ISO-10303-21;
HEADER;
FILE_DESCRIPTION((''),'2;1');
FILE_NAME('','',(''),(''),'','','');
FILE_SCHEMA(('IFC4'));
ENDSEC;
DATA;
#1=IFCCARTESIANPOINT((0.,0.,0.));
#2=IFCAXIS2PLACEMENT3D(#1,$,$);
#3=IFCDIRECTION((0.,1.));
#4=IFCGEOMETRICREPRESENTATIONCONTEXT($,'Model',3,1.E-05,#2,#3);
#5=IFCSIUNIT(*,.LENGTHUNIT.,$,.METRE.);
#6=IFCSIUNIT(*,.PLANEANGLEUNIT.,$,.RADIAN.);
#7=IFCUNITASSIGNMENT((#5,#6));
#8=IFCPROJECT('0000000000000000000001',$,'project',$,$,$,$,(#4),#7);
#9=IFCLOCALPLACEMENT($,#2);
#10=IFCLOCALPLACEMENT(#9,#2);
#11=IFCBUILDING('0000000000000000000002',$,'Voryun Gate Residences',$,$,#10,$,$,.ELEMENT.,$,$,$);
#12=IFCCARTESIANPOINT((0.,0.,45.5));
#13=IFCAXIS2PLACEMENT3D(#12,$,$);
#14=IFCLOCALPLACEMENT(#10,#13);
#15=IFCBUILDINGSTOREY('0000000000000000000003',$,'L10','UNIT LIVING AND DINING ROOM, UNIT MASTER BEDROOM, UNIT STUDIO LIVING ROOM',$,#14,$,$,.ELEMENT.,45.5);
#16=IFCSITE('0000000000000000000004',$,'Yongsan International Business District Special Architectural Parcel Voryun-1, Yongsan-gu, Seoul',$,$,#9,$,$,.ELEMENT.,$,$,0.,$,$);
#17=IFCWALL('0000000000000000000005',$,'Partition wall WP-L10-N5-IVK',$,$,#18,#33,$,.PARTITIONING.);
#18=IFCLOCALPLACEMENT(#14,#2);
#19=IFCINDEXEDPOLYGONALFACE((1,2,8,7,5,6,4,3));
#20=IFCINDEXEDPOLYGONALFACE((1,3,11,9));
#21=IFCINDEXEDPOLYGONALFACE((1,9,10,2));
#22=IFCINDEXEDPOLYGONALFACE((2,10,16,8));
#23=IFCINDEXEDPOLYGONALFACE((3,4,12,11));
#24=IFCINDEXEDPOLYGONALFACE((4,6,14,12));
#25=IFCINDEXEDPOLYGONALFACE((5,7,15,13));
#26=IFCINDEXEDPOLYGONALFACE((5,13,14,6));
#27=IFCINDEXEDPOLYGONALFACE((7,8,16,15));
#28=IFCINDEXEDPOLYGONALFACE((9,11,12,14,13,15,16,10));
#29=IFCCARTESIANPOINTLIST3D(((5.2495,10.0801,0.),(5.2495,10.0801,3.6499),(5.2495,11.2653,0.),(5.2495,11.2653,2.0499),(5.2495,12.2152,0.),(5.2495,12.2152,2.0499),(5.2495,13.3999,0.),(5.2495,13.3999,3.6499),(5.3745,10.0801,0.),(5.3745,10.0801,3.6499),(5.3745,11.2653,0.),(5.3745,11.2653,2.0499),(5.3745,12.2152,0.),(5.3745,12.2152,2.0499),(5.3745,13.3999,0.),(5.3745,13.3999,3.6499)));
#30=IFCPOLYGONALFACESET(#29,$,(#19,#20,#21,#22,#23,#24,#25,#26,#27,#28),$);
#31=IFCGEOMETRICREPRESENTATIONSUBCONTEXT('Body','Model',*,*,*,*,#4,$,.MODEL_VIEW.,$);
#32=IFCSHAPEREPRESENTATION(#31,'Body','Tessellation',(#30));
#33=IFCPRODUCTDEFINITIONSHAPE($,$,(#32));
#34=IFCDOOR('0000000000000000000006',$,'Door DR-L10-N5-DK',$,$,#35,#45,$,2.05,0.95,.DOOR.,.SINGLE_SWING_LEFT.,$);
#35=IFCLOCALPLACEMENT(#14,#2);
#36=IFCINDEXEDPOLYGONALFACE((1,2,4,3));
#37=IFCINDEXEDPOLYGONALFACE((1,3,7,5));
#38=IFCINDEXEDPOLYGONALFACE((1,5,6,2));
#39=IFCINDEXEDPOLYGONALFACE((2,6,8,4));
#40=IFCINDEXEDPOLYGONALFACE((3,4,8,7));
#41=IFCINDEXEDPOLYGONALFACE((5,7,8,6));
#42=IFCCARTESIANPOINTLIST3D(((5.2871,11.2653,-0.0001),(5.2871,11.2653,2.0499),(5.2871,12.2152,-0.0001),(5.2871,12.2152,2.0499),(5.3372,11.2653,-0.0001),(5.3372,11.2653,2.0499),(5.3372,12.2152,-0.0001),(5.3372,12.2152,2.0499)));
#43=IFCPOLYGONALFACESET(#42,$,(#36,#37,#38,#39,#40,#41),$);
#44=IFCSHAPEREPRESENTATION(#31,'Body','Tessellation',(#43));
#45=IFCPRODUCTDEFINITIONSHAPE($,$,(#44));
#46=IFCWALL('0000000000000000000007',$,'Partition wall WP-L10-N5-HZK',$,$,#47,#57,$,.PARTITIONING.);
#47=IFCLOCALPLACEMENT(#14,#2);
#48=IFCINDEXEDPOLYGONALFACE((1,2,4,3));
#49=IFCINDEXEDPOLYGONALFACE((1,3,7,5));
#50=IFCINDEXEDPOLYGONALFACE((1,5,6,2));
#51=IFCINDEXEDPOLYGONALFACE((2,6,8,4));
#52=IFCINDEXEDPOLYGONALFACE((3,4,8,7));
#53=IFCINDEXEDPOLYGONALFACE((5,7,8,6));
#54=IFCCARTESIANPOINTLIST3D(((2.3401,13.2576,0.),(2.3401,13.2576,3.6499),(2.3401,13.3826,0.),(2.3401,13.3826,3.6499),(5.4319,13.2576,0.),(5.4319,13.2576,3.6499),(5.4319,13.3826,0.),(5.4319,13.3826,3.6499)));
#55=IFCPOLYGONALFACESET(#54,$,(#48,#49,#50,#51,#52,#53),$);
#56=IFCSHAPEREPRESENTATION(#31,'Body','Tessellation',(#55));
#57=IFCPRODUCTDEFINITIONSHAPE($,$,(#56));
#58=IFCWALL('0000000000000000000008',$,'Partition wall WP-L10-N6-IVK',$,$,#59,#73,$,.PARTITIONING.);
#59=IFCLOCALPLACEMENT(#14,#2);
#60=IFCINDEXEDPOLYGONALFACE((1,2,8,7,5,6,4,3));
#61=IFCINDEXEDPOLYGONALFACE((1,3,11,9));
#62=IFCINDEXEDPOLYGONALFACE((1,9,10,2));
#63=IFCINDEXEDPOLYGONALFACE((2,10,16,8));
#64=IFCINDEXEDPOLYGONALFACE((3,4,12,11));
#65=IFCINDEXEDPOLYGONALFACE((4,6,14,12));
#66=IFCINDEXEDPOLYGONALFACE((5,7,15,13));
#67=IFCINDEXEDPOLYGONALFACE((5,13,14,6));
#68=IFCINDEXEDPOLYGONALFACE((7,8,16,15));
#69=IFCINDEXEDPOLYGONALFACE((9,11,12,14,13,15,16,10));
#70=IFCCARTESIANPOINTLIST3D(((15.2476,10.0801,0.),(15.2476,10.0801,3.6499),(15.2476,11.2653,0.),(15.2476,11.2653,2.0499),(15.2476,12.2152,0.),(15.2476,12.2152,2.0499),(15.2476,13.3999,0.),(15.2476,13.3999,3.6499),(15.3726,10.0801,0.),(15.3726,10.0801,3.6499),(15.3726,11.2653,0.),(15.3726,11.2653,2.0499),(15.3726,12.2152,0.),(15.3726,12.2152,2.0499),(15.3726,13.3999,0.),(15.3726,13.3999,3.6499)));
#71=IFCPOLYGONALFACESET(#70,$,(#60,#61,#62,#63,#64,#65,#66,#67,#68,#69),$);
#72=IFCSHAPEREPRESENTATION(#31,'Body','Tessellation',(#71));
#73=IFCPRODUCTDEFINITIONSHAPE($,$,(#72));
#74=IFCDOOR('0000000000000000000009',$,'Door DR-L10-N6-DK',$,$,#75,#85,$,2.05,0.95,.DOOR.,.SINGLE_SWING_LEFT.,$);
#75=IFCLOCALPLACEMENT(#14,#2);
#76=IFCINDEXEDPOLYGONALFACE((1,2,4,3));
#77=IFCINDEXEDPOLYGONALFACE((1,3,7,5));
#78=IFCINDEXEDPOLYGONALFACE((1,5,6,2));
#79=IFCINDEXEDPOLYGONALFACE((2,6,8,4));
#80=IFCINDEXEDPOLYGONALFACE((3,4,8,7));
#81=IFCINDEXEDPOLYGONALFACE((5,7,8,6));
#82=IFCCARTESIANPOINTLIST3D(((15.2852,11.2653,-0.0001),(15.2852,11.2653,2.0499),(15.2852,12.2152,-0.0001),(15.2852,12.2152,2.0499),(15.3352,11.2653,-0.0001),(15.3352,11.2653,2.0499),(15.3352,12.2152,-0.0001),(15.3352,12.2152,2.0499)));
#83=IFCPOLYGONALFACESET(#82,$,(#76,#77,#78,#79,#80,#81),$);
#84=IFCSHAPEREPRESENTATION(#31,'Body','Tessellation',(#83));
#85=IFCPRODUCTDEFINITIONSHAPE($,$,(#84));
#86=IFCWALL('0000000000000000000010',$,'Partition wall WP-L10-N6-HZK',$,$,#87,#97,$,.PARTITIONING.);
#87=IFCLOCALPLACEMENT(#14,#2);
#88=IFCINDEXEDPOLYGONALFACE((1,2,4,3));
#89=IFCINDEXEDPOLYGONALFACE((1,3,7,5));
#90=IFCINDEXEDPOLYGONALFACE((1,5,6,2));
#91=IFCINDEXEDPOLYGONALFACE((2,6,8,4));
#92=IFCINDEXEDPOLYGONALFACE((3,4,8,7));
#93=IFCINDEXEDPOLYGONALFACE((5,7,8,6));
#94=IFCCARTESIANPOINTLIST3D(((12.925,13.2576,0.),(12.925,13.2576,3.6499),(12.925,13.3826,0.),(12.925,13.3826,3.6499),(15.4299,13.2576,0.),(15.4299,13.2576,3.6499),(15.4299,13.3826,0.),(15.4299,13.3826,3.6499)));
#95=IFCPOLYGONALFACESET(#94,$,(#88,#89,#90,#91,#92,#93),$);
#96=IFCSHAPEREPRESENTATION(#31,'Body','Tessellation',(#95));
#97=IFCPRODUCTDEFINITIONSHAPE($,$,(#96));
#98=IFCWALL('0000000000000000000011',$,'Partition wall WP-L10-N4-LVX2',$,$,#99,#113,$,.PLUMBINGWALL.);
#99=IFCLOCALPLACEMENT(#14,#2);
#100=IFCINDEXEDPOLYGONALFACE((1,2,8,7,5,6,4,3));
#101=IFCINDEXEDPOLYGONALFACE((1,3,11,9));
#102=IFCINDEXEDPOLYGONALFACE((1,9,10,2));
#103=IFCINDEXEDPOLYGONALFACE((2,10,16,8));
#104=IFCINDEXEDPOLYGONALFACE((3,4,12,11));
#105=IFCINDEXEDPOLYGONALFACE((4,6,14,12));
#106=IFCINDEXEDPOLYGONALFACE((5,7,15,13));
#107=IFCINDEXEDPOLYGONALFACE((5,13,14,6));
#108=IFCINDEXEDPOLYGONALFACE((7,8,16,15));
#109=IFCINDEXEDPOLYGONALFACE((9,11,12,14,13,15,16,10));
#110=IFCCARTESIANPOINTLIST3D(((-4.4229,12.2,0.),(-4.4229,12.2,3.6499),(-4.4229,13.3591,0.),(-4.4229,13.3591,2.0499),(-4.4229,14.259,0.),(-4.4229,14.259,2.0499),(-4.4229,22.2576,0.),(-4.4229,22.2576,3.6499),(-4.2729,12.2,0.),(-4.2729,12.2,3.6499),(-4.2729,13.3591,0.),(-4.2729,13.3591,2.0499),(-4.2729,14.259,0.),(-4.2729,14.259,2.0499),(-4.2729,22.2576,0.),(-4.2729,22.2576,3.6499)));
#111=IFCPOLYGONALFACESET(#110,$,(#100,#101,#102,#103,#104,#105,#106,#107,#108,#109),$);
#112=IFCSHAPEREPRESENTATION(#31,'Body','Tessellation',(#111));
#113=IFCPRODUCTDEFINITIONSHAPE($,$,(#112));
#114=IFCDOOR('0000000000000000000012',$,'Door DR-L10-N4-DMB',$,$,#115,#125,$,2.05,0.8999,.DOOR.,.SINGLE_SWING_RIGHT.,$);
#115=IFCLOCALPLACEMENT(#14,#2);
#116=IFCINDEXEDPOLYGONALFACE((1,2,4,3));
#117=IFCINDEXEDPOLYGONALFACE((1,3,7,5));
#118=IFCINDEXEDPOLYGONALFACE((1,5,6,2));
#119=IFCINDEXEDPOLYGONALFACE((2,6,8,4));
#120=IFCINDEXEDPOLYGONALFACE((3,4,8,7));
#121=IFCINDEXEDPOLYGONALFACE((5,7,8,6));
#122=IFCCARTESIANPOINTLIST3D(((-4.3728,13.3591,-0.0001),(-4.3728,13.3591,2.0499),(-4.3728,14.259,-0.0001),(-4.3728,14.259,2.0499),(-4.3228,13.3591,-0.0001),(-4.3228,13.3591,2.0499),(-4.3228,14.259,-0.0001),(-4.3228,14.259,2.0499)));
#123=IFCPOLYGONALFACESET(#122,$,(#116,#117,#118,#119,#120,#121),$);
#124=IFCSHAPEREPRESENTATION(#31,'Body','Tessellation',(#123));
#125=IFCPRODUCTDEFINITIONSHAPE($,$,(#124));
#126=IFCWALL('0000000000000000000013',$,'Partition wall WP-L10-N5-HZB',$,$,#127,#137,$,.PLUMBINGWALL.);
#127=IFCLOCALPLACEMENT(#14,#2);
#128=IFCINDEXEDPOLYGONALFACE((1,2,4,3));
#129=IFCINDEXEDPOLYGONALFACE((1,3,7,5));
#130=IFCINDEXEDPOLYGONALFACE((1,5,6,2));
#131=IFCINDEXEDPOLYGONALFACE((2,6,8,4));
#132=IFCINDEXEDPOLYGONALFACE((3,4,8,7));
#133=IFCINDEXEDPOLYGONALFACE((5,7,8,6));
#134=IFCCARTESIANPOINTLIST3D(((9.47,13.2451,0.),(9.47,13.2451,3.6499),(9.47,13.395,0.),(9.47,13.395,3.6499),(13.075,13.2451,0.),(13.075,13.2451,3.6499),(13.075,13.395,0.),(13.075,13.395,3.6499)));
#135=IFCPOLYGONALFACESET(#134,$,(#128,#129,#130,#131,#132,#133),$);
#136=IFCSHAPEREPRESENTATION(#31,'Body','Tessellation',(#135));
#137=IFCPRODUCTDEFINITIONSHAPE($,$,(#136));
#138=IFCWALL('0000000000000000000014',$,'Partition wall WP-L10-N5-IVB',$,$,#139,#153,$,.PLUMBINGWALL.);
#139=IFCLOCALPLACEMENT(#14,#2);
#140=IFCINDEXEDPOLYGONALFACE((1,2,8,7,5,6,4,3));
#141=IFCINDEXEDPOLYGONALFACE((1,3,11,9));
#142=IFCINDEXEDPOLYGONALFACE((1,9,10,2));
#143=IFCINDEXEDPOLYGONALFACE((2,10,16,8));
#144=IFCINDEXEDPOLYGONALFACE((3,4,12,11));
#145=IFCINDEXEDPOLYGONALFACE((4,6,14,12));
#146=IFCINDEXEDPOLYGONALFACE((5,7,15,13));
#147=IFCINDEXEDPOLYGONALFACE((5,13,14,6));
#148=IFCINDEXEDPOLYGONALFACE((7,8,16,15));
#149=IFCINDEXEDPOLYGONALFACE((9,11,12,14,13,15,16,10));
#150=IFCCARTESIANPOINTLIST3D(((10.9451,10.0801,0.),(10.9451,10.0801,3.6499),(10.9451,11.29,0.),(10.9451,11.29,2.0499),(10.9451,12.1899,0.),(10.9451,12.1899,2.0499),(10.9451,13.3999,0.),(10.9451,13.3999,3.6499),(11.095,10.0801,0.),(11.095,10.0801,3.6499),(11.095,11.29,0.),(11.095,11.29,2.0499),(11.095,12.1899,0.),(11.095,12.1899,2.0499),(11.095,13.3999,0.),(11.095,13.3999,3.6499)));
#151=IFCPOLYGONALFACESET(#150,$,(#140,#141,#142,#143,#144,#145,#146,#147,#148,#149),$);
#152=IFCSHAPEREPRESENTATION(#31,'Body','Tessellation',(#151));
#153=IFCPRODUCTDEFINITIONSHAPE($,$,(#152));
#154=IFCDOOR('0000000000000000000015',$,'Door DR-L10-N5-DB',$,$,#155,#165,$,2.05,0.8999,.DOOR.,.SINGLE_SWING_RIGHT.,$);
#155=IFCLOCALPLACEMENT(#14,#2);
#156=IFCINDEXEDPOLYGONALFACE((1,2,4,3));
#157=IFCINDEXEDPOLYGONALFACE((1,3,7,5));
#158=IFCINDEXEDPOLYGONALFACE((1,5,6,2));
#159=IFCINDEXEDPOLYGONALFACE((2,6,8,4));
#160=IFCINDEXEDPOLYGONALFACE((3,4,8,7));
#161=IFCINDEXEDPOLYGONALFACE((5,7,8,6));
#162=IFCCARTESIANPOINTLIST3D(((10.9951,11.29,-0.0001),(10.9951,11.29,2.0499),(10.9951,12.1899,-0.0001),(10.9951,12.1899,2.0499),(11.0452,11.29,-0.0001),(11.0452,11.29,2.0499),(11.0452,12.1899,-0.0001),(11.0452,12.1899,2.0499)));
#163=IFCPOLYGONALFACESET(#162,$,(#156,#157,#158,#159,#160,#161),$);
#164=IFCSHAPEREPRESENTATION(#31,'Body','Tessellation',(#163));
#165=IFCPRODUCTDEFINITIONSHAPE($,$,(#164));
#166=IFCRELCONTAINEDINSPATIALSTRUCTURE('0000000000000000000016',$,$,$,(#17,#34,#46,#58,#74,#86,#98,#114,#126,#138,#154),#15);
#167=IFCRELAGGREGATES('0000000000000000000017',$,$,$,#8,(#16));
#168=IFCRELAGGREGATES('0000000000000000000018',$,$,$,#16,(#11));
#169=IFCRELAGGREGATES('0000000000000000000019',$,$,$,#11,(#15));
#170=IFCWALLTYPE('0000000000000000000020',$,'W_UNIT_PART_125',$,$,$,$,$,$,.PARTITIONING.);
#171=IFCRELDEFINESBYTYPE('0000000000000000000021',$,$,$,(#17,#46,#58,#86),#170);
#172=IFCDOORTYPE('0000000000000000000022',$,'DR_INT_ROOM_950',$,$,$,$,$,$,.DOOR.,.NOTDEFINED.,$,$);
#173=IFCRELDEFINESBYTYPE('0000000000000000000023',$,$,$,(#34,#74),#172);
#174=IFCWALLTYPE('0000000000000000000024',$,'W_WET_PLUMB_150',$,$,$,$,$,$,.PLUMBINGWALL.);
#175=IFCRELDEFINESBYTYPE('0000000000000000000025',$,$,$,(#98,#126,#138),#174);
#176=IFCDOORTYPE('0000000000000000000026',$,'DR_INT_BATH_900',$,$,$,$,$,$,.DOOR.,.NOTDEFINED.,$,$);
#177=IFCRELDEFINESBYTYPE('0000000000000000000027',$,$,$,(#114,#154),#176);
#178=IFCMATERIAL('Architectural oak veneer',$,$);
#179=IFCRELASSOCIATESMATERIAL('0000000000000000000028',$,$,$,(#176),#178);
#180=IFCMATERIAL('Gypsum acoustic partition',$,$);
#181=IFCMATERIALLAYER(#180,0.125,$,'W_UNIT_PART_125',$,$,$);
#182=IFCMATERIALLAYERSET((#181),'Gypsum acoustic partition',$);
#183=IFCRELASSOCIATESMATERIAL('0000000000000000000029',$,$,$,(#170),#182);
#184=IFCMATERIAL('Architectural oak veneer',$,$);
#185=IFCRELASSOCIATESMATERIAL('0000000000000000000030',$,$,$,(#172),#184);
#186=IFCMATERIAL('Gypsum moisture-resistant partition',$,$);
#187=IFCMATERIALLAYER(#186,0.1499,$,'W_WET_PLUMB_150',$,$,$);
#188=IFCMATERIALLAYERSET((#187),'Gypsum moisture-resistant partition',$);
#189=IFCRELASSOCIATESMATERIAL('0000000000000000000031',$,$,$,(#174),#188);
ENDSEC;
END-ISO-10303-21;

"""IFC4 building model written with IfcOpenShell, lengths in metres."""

from ifc_helpers import new_model, si_unit, direction, frame, frame_2d, origin, place, context, subcontext, project, spatial, rectangle, extrude, material, layer, layer_set, type_object, element, fill, save


model = new_model("IFC4")

# Units and contexts
model_context = context("Model", 3, precision=1e-05, world=origin(), true_north=direction((0.0, 1.0)))
body_context = subcontext(model_context, "Body", "Model", "MODEL_VIEW")
ifc_project = project(units=[si_unit("LENGTHUNIT", "METRE"), si_unit("PLANEANGLEUNIT", "RADIAN")], contexts=[model_context])

# Site, building, storey
site_placement = place(None, origin())
site = spatial("IfcSite", under=ifc_project, at=site_placement, Name="Yongsan International Business District Special Architectural Parcel Voryun-1, Yongsan-gu, Seoul", CompositionType="ELEMENT", RefElevation=0.0)
building_placement = place(site_placement, origin())
building = spatial("IfcBuilding", under=site, at=building_placement, Name="Voryun Gate Residences", CompositionType="ELEMENT")
storey_placement = place(building_placement, frame((0.0, 0.0, 45.5)))
storey = spatial("IfcBuildingStorey", under=building, at=storey_placement, Name="L10", Description="UNIT LIVING AND DINING ROOM, UNIT MASTER BEDROOM, UNIT STUDIO LIVING ROOM", CompositionType="ELEMENT", Elevation=45.5)

# Shared definitions
ifc_material_1 = material(Name="Architectural oak veneer")
door_type_1 = type_object("IfcDoorType", Name="DR_INT_BATH_900", OperationType="NOTDEFINED", PredefinedType="DOOR", material=ifc_material_1)

# Shared definitions
ifc_material_2 = material(Name="Gypsum acoustic partition")
ifc_layer_1 = layer(ifc_material_2, 0.125, Name="W_UNIT_PART_125")
ifc_layer_set_1 = layer_set([ifc_layer_1], Name="Gypsum acoustic partition")
wall_type_1 = type_object("IfcWallType", Name="W_UNIT_PART_125", PredefinedType="PARTITIONING", material=ifc_layer_set_1)
ifc_material_3 = material(Name="Architectural oak veneer")
door_type_2 = type_object("IfcDoorType", Name="DR_INT_ROOM_950", OperationType="NOTDEFINED", PredefinedType="DOOR", material=ifc_material_3)

# Wall, opening, door
wall_1_placement = place(storey_placement, frame((5.312, 10.0801, 0.0), z_axis=(0.0, 0.0, 1.0), x_axis=(0.0, 1.0, 0.0)))
wall_1 = element("IfcWall", 1, at=wall_1_placement, inside=storey, type_object=wall_type_1, Name="Partition wall WP-L10-N5-IVK", PredefinedType="PARTITIONING", context=body_context, shape_type="SweptSolid", body=[
    extrude(rectangle(XDim=3.3198, YDim=0.125, at=frame_2d((1.6599, 0.0))), origin(), (0.0, 0.0, 1.0), 3.6499),
])
opening_1_placement = place(wall_1_placement, frame((1.1851, 0.0, 0.0)))
opening_1 = element("IfcOpeningElement", 2, at=opening_1_placement, cuts=wall_1, PredefinedType="OPENING", context=body_context, shape_type="SweptSolid", body=[
    extrude(rectangle(XDim=0.95, YDim=2.05, at=frame_2d((0.4751, 1.0249))), frame((0.0, 0.0725, 0.0), z_axis=(0.0, -1.0, 0.0), x_axis=(1.0, 0.0, 0.0)), (0.0, 0.0, 1.0), 0.145),
])
door_1_placement = place(opening_1_placement, origin())
door_1 = element("IfcDoor", 3, at=door_1_placement, inside=storey, type_object=door_type_2, Name="Door DR-L10-N5-DK", OperationType="SINGLE_SWING_LEFT", OverallHeight=2.05, OverallWidth=0.95, PredefinedType="DOOR", context=body_context, shape_type="SweptSolid", body=[
    extrude(rectangle(XDim=0.95, YDim=2.05, at=frame_2d((0.4751, 1.0249))), frame((0.0, 0.0249, 0.0), z_axis=(0.0, -1.0, 0.0), x_axis=(1.0, 0.0, 0.0)), (0.0, 0.0, 1.0), 0.05),
])
fill(opening_1, door_1)

# Wall
wall_2_placement = place(storey_placement, frame((2.3401, 13.3201, 0.0), z_axis=(0.0, 0.0, 1.0), x_axis=(1.0, 0.0, 0.0)))
element("IfcWall", 4, at=wall_2_placement, inside=storey, type_object=wall_type_1, Name="Partition wall WP-L10-N5-HZK", PredefinedType="PARTITIONING", context=body_context, shape_type="SweptSolid", body=[
    extrude(rectangle(XDim=3.0918, YDim=0.125, at=frame_2d((1.5459, 0.0))), origin(), (0.0, 0.0, 1.0), 3.6499),
])

# Wall, opening, door
wall_3_placement = place(storey_placement, frame((15.3101, 10.0801, 0.0), z_axis=(0.0, 0.0, 1.0), x_axis=(0.0, 1.0, 0.0)))
wall_3 = element("IfcWall", 5, at=wall_3_placement, inside=storey, type_object=wall_type_1, Name="Partition wall WP-L10-N6-IVK", PredefinedType="PARTITIONING", context=body_context, shape_type="SweptSolid", body=[
    extrude(rectangle(XDim=3.3198, YDim=0.125, at=frame_2d((1.6599, 0.0))), origin(), (0.0, 0.0, 1.0), 3.6499),
])
opening_2_placement = place(wall_3_placement, frame((1.1851, 0.0, 0.0)))
opening_2 = element("IfcOpeningElement", 6, at=opening_2_placement, cuts=wall_3, PredefinedType="OPENING", context=body_context, shape_type="SweptSolid", body=[
    extrude(rectangle(XDim=0.95, YDim=2.05, at=frame_2d((0.4751, 1.0249))), frame((0.0, 0.0725, 0.0), z_axis=(0.0, -1.0, 0.0), x_axis=(1.0, 0.0, 0.0)), (0.0, 0.0, 1.0), 0.145),
])
door_2_placement = place(opening_2_placement, origin())
door_2 = element("IfcDoor", 7, at=door_2_placement, inside=storey, type_object=door_type_2, Name="Door DR-L10-N6-DK", OperationType="SINGLE_SWING_LEFT", OverallHeight=2.05, OverallWidth=0.95, PredefinedType="DOOR", context=body_context, shape_type="SweptSolid", body=[
    extrude(rectangle(XDim=0.95, YDim=2.05, at=frame_2d((0.4751, 1.0249))), frame((0.0, 0.0249, 0.0), z_axis=(0.0, -1.0, 0.0), x_axis=(1.0, 0.0, 0.0)), (0.0, 0.0, 1.0), 0.05),
])
fill(opening_2, door_2)

# Wall
wall_4_placement = place(storey_placement, frame((12.925, 13.3201, 0.0), z_axis=(0.0, 0.0, 1.0), x_axis=(1.0, 0.0, 0.0)))
element("IfcWall", 8, at=wall_4_placement, inside=storey, type_object=wall_type_1, Name="Partition wall WP-L10-N6-HZK", PredefinedType="PARTITIONING", context=body_context, shape_type="SweptSolid", body=[
    extrude(rectangle(XDim=2.5049, YDim=0.125, at=frame_2d((1.2524, 0.0))), origin(), (0.0, 0.0, 1.0), 3.6499),
])

# Wall, opening, door
ifc_material_4 = material(Name="Gypsum moisture-resistant partition")
ifc_layer_2 = layer(ifc_material_4, 0.1499, Name="W_WET_PLUMB_150")
ifc_layer_set_2 = layer_set([ifc_layer_2], Name="Gypsum moisture-resistant partition")
wall_type_2 = type_object("IfcWallType", Name="W_WET_PLUMB_150", PredefinedType="PLUMBINGWALL", material=ifc_layer_set_2)
wall_5_placement = place(storey_placement, frame((-4.3479, 12.2, 0.0), z_axis=(0.0, 0.0, 1.0), x_axis=(0.0, 1.0, 0.0)))
wall_5 = element("IfcWall", 9, at=wall_5_placement, inside=storey, type_object=wall_type_2, Name="Partition wall WP-L10-N4-LVX2", PredefinedType="PLUMBINGWALL", context=body_context, shape_type="SweptSolid", body=[
    extrude(rectangle(XDim=10.0576, YDim=0.1499, at=frame_2d((5.0288, 0.0))), origin(), (0.0, 0.0, 1.0), 3.6499),
])
opening_3_placement = place(wall_5_placement, frame((1.1592, 0.0, 0.0)))
opening_3 = element("IfcOpeningElement", 10, at=opening_3_placement, cuts=wall_5, PredefinedType="OPENING", context=body_context, shape_type="SweptSolid", body=[
    extrude(rectangle(XDim=0.8999, YDim=2.05, at=frame_2d((0.45, 1.0249))), frame((0.0, 0.085, 0.0), z_axis=(0.0, -1.0, 0.0), x_axis=(1.0, 0.0, 0.0)), (0.0, 0.0, 1.0), 0.1699),
])
door_3_placement = place(opening_3_placement, origin())
door_3 = element("IfcDoor", 11, at=door_3_placement, inside=storey, type_object=door_type_1, Name="Door DR-L10-N4-DMB", OperationType="SINGLE_SWING_RIGHT", OverallHeight=2.05, OverallWidth=0.8999, PredefinedType="DOOR", context=body_context, shape_type="SweptSolid", body=[
    extrude(rectangle(XDim=0.8999, YDim=2.05, at=frame_2d((0.45, 1.0249))), frame((0.0, 0.0249, 0.0), z_axis=(0.0, -1.0, 0.0), x_axis=(1.0, 0.0, 0.0)), (0.0, 0.0, 1.0), 0.05),
])
fill(opening_3, door_3)

# Wall
wall_6_placement = place(storey_placement, frame((9.47, 13.3201, 0.0), z_axis=(0.0, 0.0, 1.0), x_axis=(1.0, 0.0, 0.0)))
element("IfcWall", 12, at=wall_6_placement, inside=storey, type_object=wall_type_2, Name="Partition wall WP-L10-N5-HZB", PredefinedType="PLUMBINGWALL", context=body_context, shape_type="SweptSolid", body=[
    extrude(rectangle(XDim=3.605, YDim=0.1499, at=frame_2d((1.8025, 0.0))), origin(), (0.0, 0.0, 1.0), 3.6499),
])

# Wall, opening, door
wall_7_placement = place(storey_placement, frame((11.02, 10.0801, 0.0), z_axis=(0.0, 0.0, 1.0), x_axis=(0.0, 1.0, 0.0)))
wall_7 = element("IfcWall", 13, at=wall_7_placement, inside=storey, type_object=wall_type_2, Name="Partition wall WP-L10-N5-IVB", PredefinedType="PLUMBINGWALL", context=body_context, shape_type="SweptSolid", body=[
    extrude(rectangle(XDim=3.3198, YDim=0.1499, at=frame_2d((1.6599, 0.0))), origin(), (0.0, 0.0, 1.0), 3.6499),
])
opening_4_placement = place(wall_7_placement, frame((1.21, 0.0, 0.0)))
opening_4 = element("IfcOpeningElement", 14, at=opening_4_placement, cuts=wall_7, PredefinedType="OPENING", context=body_context, shape_type="SweptSolid", body=[
    extrude(rectangle(XDim=0.8999, YDim=2.05, at=frame_2d((0.45, 1.0249))), frame((0.0, 0.085, 0.0), z_axis=(0.0, -1.0, 0.0), x_axis=(1.0, 0.0, 0.0)), (0.0, 0.0, 1.0), 0.1699),
])
door_4_placement = place(opening_4_placement, origin())
door_4 = element("IfcDoor", 15, at=door_4_placement, inside=storey, type_object=door_type_1, Name="Door DR-L10-N5-DB", OperationType="SINGLE_SWING_RIGHT", OverallHeight=2.05, OverallWidth=0.8999, PredefinedType="DOOR", context=body_context, shape_type="SweptSolid", body=[
    extrude(rectangle(XDim=0.8999, YDim=2.05, at=frame_2d((0.45, 1.0249))), frame((0.0, 0.0249, 0.0), z_axis=(0.0, -1.0, 0.0), x_axis=(1.0, 0.0, 0.0)), (0.0, 0.0, 1.0), 0.05),
])
fill(opening_4, door_4)

save(model, "model.ifc")
